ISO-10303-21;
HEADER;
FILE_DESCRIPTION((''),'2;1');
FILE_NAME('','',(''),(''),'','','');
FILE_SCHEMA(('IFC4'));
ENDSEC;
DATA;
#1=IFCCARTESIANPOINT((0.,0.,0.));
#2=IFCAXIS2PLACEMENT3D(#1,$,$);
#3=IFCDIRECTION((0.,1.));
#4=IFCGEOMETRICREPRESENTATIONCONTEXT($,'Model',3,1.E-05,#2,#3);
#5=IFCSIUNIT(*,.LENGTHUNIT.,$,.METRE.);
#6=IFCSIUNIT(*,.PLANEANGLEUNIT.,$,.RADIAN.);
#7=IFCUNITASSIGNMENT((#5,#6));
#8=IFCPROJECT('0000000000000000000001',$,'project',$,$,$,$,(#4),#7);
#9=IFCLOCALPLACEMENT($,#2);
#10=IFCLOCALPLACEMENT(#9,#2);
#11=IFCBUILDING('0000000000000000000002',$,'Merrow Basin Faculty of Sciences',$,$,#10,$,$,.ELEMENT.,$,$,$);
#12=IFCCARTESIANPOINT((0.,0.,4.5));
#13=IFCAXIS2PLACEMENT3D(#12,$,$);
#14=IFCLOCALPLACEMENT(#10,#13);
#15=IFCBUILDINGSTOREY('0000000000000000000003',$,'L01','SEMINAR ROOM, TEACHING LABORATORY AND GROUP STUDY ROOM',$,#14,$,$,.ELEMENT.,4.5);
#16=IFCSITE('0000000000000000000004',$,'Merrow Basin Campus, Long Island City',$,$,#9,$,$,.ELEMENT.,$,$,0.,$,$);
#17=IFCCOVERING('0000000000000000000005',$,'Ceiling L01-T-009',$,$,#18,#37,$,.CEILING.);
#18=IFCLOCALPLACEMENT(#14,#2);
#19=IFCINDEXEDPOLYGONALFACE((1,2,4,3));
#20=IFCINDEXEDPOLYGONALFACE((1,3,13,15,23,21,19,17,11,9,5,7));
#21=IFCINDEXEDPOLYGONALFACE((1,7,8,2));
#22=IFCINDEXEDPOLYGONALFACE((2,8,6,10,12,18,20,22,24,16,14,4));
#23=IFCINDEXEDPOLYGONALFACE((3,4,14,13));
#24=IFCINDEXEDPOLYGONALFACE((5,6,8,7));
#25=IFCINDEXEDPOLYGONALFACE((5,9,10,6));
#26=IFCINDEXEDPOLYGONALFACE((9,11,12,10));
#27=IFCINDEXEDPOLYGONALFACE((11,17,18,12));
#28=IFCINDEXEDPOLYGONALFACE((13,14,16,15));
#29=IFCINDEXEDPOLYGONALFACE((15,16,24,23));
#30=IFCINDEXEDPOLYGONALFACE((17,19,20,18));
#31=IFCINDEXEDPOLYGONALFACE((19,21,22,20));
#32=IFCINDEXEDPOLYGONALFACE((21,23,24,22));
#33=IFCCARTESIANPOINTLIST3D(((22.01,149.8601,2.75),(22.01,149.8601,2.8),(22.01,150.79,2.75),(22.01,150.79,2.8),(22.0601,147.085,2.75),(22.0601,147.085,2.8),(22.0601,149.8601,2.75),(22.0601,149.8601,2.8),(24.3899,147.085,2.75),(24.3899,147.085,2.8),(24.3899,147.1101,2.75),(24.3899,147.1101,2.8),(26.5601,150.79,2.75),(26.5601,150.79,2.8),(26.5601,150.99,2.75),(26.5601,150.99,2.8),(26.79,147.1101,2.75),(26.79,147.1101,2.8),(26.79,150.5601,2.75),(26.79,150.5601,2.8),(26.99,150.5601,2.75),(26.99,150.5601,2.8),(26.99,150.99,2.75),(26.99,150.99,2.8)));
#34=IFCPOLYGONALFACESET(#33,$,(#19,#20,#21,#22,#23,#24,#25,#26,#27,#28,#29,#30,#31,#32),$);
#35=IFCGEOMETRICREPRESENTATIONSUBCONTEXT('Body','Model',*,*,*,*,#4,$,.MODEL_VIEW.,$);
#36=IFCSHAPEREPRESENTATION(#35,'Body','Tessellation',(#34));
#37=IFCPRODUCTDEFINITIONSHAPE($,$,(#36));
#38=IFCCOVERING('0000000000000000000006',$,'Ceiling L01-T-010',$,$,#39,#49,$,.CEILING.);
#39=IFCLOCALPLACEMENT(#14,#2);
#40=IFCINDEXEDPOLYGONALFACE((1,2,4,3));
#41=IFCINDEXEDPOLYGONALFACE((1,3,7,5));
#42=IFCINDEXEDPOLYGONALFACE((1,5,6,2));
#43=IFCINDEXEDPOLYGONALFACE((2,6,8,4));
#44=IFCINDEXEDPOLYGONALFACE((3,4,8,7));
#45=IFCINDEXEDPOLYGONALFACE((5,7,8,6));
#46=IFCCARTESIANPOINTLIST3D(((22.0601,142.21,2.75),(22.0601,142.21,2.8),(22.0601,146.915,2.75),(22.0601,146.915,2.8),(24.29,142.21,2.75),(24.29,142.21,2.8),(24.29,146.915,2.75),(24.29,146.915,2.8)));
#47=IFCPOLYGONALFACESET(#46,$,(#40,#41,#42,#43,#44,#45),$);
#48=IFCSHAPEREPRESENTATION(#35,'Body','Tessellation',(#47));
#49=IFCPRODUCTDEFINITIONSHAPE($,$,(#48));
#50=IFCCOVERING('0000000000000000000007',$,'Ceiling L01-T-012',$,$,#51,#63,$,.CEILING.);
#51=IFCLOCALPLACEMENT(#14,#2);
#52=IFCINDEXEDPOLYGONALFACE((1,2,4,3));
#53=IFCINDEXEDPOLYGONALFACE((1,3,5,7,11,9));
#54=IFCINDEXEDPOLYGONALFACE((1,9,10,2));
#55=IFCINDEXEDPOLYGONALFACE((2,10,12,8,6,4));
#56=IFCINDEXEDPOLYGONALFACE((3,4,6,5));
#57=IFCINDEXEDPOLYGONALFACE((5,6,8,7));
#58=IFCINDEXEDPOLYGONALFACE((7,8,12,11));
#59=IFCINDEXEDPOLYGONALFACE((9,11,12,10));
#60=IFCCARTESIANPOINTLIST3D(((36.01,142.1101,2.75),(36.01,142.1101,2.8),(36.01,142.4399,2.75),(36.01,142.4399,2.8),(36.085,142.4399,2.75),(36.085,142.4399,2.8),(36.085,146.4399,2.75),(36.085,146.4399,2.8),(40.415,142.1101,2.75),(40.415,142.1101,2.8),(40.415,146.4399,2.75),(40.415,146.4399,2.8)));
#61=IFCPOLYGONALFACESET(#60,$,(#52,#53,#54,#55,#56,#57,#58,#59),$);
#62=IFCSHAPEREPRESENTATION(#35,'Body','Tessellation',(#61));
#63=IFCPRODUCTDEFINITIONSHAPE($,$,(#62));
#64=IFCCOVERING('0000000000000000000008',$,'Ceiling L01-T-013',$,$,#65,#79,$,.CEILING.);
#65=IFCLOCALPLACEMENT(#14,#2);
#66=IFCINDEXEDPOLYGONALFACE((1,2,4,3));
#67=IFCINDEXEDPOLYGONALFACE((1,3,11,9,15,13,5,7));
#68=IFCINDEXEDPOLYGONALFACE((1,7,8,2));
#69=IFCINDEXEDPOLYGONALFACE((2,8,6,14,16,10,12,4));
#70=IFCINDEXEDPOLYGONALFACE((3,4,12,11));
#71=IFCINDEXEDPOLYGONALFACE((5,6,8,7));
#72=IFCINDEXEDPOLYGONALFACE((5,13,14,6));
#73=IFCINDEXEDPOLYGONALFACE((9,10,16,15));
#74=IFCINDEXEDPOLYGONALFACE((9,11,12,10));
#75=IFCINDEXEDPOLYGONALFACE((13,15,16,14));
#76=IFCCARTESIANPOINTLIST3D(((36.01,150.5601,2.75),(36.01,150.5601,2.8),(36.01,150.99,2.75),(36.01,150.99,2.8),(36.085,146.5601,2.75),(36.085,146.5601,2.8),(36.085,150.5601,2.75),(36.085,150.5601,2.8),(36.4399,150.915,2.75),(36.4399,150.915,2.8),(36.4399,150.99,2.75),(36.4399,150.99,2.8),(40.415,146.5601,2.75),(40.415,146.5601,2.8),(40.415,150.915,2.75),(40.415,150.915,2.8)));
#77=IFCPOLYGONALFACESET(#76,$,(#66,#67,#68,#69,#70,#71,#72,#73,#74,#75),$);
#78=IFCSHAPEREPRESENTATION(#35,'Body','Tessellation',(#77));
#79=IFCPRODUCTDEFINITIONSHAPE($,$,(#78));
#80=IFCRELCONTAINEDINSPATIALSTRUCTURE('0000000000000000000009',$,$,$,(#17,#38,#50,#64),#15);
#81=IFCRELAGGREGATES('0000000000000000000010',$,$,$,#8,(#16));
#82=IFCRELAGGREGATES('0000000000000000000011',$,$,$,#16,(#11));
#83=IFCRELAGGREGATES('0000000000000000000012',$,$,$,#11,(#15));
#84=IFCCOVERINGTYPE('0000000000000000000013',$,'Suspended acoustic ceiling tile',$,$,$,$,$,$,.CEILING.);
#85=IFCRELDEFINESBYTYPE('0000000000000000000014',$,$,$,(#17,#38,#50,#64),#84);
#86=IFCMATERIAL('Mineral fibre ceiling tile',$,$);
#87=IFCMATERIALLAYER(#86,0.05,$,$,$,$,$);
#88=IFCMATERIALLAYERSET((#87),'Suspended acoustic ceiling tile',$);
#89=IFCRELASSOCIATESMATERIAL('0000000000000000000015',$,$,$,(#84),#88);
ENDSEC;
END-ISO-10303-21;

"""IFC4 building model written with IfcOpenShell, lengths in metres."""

from ifc_helpers import new_model, si_unit, direction, frame, origin, place, context, subcontext, project, spatial, polyline, outline, extrude, material, layer, layer_set, type_object, element, save


model = new_model("IFC4")

# Units and contexts
model_context = context("Model", 3, precision=1e-05, world=origin(), true_north=direction((0.0, 1.0)))
body_context = subcontext(model_context, "Body", "Model", "MODEL_VIEW")
ifc_project = project(units=[si_unit("LENGTHUNIT", "METRE"), si_unit("PLANEANGLEUNIT", "RADIAN")], contexts=[model_context])

# Site, building, storey
site_placement = place(None, origin())
site = spatial("IfcSite", under=ifc_project, at=site_placement, Name="Merrow Basin Campus, Long Island City", CompositionType="ELEMENT", RefElevation=0.0)
building_placement = place(site_placement, origin())
building = spatial("IfcBuilding", under=site, at=building_placement, Name="Merrow Basin Faculty of Sciences", CompositionType="ELEMENT")
storey_placement = place(building_placement, frame((0.0, 0.0, 4.5)))
storey = spatial("IfcBuildingStorey", under=building, at=storey_placement, Name="L01", Description="SEMINAR ROOM, TEACHING LABORATORY AND GROUP STUDY ROOM", CompositionType="ELEMENT", Elevation=4.5)

# Coverings
ifc_material_1 = material(Name="Mineral fibre ceiling tile")
ifc_layer_1 = layer(ifc_material_1, 0.05)
ifc_layer_set_1 = layer_set([ifc_layer_1], Name="Suspended acoustic ceiling tile")
covering_type_1 = type_object("IfcCoveringType", Name="Suspended acoustic ceiling tile", PredefinedType="CEILING", material=ifc_layer_set_1)
covering_1_placement = place(storey_placement, frame((0.0, 0.0, 2.75)))
element("IfcCovering", 1, at=covering_1_placement, inside=storey, type_object=covering_type_1, Name="Ceiling L01-T-009", PredefinedType="CEILING", context=body_context, shape_type="SweptSolid", body=[
    extrude(outline(polyline([(26.99, 150.99), (26.99, 150.5601), (26.79, 150.5601), (26.79, 147.1101), (24.3899, 147.1101), (24.3899, 147.085), (22.0601, 147.085), (22.0601, 149.8601), (22.01, 149.8601), (22.01, 150.79), (26.5601, 150.79), (26.5601, 150.99), (26.99, 150.99)])), origin(), (0.0, 0.0, 1.0), 0.05),
])
covering_2_placement = place(storey_placement, frame((0.0, 0.0, 2.75)))
element("IfcCovering", 2, at=covering_2_placement, inside=storey, type_object=covering_type_1, Name="Ceiling L01-T-010", PredefinedType="CEILING", context=body_context, shape_type="SweptSolid", body=[
    extrude(outline(polyline([(24.29, 146.915), (24.29, 142.21), (22.0601, 142.21), (22.0601, 146.915), (24.29, 146.915)])), origin(), (0.0, 0.0, 1.0), 0.05),
])
covering_3_placement = place(storey_placement, frame((0.0, 0.0, 2.75)))
element("IfcCovering", 3, at=covering_3_placement, inside=storey, type_object=covering_type_1, Name="Ceiling L01-T-012", PredefinedType="CEILING", context=body_context, shape_type="SweptSolid", body=[
    extrude(outline(polyline([(36.01, 142.1101), (36.01, 142.4399), (36.085, 142.4399), (36.085, 146.4399), (40.415, 146.4399), (40.415, 142.1101), (36.01, 142.1101)])), origin(), (0.0, 0.0, 1.0), 0.05),
])
covering_4_placement = place(storey_placement, frame((0.0, 0.0, 2.75)))
element("IfcCovering", 4, at=covering_4_placement, inside=storey, type_object=covering_type_1, Name="Ceiling L01-T-013", PredefinedType="CEILING", context=body_context, shape_type="SweptSolid", body=[
    extrude(outline(polyline([(36.01, 150.99), (36.4399, 150.99), (36.4399, 150.915), (40.415, 150.915), (40.415, 146.5601), (36.085, 146.5601), (36.085, 150.5601), (36.01, 150.5601), (36.01, 150.99)])), origin(), (0.0, 0.0, 1.0), 0.05),
])

save(model, "model.ifc")
